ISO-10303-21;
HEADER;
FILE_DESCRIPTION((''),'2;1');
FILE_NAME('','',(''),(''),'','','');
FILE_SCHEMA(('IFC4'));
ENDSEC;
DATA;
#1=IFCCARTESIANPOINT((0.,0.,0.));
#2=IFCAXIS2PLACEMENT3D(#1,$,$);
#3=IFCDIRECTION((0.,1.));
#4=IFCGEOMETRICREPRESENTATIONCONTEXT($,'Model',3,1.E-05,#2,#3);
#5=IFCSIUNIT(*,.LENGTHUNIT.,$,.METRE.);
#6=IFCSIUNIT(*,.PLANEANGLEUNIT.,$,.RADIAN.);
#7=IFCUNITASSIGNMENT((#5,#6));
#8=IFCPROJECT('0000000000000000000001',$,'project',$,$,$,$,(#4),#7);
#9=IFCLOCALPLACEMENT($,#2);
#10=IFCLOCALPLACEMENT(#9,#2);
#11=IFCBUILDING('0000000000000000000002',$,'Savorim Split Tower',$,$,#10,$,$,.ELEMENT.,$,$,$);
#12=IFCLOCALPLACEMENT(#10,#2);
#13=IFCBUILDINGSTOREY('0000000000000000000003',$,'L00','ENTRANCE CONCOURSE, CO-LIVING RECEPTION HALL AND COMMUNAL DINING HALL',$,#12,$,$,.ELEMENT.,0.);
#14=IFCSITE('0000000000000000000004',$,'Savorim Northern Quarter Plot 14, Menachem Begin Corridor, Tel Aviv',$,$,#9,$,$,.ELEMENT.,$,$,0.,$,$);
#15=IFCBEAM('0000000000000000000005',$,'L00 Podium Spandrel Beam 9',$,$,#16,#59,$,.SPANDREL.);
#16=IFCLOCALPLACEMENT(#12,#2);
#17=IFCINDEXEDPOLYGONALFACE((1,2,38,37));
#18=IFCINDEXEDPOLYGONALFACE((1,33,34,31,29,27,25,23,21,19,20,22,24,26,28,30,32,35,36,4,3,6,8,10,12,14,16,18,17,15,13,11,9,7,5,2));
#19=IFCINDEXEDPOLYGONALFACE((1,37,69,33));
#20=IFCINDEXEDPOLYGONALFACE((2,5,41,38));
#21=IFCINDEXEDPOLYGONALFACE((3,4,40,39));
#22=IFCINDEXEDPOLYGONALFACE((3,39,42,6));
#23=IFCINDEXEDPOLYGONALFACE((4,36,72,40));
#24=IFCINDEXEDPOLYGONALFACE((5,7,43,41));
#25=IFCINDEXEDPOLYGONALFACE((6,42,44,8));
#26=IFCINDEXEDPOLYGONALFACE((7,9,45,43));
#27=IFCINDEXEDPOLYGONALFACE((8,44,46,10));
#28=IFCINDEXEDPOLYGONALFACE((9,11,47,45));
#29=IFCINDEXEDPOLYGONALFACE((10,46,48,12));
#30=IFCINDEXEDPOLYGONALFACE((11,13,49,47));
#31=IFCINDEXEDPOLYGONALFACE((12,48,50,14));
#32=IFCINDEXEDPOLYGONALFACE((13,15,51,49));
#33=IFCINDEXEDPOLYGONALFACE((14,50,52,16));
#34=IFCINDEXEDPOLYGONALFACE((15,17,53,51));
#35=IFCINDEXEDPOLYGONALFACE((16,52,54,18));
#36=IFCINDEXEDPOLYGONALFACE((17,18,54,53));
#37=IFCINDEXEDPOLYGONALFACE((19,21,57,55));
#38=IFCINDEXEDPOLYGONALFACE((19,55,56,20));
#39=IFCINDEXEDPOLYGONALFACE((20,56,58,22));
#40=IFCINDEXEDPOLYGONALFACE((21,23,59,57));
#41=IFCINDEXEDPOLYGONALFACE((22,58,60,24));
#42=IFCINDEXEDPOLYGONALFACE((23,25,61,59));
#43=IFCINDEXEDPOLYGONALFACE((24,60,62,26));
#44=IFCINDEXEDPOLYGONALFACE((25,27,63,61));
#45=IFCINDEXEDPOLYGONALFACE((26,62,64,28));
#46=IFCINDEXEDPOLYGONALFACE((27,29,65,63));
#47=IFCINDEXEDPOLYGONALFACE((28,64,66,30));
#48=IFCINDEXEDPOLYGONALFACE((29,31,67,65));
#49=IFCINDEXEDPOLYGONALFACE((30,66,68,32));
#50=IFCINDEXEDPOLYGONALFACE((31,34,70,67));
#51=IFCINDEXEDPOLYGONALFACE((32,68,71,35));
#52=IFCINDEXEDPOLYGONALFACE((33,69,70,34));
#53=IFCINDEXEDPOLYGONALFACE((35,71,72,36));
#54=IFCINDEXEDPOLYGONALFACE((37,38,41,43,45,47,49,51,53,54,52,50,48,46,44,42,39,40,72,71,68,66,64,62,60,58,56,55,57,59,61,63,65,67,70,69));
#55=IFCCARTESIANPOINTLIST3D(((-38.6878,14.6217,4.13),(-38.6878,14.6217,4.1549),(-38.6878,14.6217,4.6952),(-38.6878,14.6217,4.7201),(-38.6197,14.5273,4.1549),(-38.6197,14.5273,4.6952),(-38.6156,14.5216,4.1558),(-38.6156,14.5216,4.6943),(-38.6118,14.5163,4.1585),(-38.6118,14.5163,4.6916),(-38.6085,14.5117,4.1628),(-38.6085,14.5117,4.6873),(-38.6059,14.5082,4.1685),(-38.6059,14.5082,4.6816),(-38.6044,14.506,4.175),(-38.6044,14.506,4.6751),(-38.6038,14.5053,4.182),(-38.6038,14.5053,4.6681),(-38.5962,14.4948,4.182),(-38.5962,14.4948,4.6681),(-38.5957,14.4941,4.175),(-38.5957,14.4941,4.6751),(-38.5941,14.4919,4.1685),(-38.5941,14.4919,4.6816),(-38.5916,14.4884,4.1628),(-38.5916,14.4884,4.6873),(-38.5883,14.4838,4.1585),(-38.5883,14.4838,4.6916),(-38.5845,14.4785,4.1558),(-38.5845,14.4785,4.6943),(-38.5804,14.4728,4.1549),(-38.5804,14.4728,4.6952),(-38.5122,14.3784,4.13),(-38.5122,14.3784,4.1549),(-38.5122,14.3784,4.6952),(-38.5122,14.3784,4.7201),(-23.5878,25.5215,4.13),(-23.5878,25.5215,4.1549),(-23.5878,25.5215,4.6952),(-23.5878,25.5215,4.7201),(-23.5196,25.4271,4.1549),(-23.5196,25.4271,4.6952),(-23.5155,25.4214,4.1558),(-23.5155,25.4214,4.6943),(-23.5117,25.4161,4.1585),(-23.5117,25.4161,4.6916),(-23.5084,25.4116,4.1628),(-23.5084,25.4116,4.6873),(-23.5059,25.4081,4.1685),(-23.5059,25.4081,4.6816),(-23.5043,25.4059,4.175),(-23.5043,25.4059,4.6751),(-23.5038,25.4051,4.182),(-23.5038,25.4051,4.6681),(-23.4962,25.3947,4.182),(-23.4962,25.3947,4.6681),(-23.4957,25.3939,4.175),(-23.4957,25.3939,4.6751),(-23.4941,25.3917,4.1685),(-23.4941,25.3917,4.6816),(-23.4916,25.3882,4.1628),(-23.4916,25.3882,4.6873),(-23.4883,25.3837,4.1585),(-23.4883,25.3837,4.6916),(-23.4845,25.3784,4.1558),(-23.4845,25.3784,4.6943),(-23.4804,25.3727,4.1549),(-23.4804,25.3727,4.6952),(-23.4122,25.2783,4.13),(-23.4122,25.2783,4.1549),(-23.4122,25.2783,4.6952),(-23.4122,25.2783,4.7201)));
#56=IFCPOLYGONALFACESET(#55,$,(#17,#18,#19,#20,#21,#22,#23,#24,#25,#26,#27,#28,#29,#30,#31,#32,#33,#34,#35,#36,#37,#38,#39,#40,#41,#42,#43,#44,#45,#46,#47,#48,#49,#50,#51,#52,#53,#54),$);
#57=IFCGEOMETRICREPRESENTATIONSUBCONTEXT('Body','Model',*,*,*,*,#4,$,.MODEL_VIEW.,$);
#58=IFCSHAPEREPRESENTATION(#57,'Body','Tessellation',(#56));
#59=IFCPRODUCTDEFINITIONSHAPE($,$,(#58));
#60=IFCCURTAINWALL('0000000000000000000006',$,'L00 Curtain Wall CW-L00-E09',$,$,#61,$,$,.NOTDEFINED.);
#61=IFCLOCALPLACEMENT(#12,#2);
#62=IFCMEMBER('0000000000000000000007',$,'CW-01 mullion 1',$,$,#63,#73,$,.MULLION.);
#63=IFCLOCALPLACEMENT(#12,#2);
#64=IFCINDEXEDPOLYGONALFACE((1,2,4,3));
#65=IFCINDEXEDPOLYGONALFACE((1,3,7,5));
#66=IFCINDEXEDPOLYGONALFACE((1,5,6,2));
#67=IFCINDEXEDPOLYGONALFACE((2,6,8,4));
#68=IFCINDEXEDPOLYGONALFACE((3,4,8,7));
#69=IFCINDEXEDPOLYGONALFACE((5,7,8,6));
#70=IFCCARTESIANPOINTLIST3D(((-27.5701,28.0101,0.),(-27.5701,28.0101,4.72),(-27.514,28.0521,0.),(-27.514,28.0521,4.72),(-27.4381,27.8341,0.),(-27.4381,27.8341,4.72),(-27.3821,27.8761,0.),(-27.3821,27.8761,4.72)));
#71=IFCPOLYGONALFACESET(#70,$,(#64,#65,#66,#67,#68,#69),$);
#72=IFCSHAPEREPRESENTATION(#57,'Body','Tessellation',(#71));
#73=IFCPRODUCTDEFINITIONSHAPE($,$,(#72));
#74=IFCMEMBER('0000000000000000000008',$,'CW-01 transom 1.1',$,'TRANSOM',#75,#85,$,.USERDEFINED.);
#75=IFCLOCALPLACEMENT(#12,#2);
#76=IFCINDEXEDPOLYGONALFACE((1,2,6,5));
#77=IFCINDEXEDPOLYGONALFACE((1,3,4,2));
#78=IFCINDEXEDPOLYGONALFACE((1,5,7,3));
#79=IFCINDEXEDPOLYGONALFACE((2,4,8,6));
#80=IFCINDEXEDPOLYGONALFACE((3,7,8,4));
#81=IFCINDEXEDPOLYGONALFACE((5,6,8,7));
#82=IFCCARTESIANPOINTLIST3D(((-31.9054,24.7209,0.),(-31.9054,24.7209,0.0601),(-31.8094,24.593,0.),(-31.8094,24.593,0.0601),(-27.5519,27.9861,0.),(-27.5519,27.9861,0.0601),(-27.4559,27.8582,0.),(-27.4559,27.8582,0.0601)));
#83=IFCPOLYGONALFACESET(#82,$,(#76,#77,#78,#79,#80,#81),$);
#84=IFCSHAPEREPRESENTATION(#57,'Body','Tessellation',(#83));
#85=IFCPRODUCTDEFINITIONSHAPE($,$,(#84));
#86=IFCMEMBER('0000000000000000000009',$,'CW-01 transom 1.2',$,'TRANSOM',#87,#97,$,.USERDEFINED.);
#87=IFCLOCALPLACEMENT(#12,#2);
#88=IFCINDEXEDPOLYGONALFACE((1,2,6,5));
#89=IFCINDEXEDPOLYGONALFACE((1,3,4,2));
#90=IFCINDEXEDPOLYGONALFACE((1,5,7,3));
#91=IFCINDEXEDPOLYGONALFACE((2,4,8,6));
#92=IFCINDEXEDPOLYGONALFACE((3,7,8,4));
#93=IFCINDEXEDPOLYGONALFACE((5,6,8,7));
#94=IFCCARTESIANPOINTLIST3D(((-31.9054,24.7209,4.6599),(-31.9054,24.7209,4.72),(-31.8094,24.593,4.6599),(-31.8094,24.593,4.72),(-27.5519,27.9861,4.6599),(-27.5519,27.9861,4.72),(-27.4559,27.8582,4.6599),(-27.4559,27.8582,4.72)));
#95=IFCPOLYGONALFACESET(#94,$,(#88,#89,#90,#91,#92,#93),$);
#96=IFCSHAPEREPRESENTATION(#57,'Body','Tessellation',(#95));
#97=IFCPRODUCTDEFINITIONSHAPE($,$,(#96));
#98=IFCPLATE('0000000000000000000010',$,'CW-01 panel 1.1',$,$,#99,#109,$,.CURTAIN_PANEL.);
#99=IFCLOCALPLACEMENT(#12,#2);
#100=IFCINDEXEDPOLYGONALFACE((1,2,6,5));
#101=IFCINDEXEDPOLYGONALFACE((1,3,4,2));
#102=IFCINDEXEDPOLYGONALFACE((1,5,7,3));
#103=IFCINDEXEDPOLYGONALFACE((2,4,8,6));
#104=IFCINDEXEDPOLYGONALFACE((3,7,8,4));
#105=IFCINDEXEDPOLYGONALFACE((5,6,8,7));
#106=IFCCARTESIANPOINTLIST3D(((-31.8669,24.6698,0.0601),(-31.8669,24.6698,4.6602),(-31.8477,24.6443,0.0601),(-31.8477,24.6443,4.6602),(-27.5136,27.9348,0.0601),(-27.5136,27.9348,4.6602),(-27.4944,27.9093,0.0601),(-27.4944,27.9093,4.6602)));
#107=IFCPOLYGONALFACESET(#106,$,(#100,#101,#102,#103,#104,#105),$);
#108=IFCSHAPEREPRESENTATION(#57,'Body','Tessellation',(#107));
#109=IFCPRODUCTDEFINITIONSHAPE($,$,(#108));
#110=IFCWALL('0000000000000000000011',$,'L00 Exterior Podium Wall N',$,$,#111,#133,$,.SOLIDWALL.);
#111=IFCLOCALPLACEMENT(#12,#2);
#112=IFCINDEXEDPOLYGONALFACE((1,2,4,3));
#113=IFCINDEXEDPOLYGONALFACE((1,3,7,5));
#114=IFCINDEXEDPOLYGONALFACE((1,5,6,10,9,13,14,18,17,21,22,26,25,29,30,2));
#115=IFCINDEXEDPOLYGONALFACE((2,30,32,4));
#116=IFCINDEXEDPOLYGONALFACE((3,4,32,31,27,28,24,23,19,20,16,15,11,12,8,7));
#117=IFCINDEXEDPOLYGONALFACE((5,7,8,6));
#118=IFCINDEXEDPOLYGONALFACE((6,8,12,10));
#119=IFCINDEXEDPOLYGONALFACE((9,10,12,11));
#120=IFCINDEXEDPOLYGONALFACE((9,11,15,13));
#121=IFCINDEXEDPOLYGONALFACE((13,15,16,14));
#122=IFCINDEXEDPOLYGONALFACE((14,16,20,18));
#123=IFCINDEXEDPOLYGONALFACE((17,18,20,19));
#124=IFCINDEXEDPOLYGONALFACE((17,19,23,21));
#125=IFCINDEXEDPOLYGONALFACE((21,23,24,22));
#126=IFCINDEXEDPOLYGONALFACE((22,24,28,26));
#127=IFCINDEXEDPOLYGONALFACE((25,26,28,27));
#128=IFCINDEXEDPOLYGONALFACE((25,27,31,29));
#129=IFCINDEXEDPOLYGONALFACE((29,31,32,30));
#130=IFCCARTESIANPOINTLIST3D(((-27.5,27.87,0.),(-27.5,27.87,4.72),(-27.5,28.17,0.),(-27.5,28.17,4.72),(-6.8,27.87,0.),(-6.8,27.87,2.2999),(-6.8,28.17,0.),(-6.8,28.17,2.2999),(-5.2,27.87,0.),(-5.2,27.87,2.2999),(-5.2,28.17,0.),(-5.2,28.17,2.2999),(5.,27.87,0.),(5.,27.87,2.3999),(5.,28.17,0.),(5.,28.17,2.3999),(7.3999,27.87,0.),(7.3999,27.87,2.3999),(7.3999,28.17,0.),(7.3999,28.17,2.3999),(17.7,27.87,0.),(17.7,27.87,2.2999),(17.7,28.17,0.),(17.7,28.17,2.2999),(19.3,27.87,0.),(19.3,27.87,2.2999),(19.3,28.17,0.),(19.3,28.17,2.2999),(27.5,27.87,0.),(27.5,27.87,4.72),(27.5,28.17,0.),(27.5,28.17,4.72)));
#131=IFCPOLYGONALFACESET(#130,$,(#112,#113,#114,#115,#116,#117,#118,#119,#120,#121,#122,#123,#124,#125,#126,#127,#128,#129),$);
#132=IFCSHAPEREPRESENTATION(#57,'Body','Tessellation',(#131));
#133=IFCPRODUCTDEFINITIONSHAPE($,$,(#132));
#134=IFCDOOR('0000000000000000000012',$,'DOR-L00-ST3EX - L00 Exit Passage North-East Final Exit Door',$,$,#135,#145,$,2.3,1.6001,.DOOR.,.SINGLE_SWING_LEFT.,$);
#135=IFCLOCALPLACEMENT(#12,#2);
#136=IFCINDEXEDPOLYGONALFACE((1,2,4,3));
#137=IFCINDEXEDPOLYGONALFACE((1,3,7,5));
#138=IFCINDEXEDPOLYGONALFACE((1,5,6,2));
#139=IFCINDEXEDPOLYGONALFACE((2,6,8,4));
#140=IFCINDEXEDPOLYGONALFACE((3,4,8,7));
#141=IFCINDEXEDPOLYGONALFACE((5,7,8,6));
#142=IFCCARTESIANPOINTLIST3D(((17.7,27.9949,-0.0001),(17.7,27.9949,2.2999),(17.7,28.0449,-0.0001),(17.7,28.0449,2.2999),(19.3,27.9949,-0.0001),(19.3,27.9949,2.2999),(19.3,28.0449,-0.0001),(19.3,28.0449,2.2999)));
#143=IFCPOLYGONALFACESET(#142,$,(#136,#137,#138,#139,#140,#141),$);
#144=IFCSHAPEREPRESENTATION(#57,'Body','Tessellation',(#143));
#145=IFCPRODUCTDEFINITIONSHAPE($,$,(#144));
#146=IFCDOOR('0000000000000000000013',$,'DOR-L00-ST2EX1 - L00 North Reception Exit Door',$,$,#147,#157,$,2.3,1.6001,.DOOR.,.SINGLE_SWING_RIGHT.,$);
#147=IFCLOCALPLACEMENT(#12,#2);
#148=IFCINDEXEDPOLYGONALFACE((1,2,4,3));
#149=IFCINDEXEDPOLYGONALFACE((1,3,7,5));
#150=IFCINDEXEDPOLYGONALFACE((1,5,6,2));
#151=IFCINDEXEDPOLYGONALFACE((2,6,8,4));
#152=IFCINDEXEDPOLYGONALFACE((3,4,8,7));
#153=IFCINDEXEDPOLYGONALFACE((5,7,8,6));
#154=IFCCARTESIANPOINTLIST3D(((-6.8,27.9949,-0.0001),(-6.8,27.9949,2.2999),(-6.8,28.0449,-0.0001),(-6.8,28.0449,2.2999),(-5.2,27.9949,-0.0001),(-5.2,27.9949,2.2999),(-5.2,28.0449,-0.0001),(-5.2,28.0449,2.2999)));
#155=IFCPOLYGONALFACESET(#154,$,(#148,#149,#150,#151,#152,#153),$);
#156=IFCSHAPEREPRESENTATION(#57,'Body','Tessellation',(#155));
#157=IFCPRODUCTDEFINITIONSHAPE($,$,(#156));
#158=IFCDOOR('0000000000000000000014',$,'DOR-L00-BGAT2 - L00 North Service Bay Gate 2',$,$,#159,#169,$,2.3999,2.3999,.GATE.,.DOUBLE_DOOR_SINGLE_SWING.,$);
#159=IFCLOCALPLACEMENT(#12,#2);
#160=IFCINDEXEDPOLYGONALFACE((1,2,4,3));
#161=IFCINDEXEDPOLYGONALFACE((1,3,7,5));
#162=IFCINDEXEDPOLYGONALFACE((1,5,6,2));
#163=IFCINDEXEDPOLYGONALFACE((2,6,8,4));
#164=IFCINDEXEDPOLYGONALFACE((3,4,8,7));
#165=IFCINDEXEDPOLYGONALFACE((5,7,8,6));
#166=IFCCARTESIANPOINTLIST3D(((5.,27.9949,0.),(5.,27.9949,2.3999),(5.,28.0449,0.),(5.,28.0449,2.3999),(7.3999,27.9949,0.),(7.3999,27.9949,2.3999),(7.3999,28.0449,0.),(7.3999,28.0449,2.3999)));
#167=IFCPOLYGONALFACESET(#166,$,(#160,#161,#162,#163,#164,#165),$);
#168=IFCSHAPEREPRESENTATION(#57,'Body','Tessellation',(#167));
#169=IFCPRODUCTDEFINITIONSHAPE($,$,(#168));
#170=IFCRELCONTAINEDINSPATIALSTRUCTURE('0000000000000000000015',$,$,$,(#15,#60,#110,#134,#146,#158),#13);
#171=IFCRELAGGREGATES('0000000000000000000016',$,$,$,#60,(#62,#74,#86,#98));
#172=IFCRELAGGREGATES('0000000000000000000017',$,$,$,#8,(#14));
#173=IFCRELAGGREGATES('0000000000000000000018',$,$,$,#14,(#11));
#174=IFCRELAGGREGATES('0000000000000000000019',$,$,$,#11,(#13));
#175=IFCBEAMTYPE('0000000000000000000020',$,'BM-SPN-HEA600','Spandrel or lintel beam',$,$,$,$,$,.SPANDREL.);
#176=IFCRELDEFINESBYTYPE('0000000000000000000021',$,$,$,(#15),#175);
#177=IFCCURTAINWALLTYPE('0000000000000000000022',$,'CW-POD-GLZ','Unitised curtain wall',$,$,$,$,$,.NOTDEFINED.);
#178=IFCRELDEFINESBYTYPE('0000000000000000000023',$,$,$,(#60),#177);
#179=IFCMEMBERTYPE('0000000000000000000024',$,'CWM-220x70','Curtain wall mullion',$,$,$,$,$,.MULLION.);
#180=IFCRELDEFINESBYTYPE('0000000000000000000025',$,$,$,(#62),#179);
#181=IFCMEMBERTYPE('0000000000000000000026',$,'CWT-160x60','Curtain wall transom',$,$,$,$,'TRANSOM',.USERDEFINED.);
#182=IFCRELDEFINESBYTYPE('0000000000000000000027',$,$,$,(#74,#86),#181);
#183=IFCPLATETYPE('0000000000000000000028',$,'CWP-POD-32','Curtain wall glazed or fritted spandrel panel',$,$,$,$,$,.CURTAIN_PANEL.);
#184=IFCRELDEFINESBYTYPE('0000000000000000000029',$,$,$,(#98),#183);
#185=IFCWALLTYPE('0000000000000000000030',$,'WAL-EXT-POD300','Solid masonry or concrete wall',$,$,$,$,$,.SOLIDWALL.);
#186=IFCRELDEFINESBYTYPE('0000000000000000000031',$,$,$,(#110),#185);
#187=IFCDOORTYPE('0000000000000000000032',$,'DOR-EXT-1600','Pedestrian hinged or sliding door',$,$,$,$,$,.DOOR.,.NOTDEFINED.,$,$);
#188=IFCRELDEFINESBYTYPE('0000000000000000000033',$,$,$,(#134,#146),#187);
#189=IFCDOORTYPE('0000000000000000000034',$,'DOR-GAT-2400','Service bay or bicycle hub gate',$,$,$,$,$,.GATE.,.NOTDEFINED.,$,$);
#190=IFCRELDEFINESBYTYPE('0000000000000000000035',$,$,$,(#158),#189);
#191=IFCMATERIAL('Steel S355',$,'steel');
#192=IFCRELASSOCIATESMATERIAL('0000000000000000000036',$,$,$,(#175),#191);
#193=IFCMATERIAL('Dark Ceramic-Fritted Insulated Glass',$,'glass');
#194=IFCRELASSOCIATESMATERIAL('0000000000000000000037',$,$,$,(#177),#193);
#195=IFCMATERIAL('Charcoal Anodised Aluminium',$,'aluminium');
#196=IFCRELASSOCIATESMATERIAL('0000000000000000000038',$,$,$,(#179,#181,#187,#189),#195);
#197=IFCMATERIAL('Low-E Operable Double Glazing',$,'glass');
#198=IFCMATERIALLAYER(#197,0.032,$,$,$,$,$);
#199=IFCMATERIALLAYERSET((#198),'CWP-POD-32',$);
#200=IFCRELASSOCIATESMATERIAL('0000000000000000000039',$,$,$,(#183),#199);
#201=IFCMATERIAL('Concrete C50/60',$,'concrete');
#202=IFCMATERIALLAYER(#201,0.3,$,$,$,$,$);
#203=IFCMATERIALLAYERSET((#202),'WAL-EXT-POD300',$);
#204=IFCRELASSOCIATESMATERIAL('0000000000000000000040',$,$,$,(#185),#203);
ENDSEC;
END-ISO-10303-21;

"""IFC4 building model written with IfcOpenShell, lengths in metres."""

from ifc_helpers import new_model, si_unit, direction, frame, frame_2d, origin, origin_2d, place, context, subcontext, project, spatial, rectangle, i_section, extrude, material, layer, layer_set, material_profile, profile_set, type_object, element, fill, aggregate, save


model = new_model("IFC4")

# Units and contexts
model_context = context("Model", 3, precision=1e-05, world=origin(), true_north=direction((0.0, 1.0)))
body_context = subcontext(model_context, "Body", "Model", "MODEL_VIEW")
ifc_project = project(units=[si_unit("LENGTHUNIT", "METRE"), si_unit("PLANEANGLEUNIT", "RADIAN")], contexts=[model_context])

# Site, building, storey
site_placement = place(None, origin())
site = spatial("IfcSite", under=ifc_project, at=site_placement, Name="Savorim Northern Quarter Plot 14, Menachem Begin Corridor, Tel Aviv", CompositionType="ELEMENT", RefElevation=0.0)
building_placement = place(site_placement, origin())
building = spatial("IfcBuilding", under=site, at=building_placement, Name="Savorim Split Tower", CompositionType="ELEMENT")
storey_placement = place(building_placement, origin())
storey = spatial("IfcBuildingStorey", under=building, at=storey_placement, Name="L00", Description="ENTRANCE CONCOURSE, CO-LIVING RECEPTION HALL AND COMMUNAL DINING HALL", CompositionType="ELEMENT", Elevation=0.0)

# Beam
ifc_material_1 = material(Name="Steel S355", Category="steel")
ifc_material_profile_1 = material_profile(ifc_material_1, i_section(OverallWidth=0.3, OverallDepth=0.5901, WebThickness=0.0129, FlangeThickness=0.0249, FilletRadius=0.0271, at=origin_2d()), Name="HEA 600")
ifc_profile_set_1 = profile_set([ifc_material_profile_1], Name="Steel S355")
beam_type_1 = type_object("IfcBeamType", Name="BM-SPN-HEA600", Description="Spandrel or lintel beam", PredefinedType="SPANDREL", material=ifc_profile_set_1)
beam_1_placement = place(storey_placement, frame((-23.5, 25.3999, 4.425), z_axis=(-0.810825, -0.585289, 0.0), x_axis=(0.585289, -0.810825, 0.0)))
element("IfcBeam", 1, at=beam_1_placement, inside=storey, type_object=beam_type_1, Name="L00 Podium Spandrel Beam 9", PredefinedType="SPANDREL", context=body_context, shape_type="SweptSolid", body=[
    extrude(i_section(OverallWidth=0.3, OverallDepth=0.5901, WebThickness=0.0129, FlangeThickness=0.0249, FilletRadius=0.0271, at=origin_2d()), origin(), (0.0, 0.0, 1.0), 18.623),
])

# Curtain wall, members, plate
ifc_material_2 = material(Name="Dark Ceramic-Fritted Insulated Glass", Category="glass")
curtain_wall_type = type_object("IfcCurtainWallType", Name="CW-POD-GLZ", Description="Unitised curtain wall", PredefinedType="NOTDEFINED", material=ifc_material_2)
curtain_wall_placement = place(storey_placement, origin())
curtain_wall = element("IfcCurtainWall", 2, at=curtain_wall_placement, inside=storey, type_object=curtain_wall_type, Name="L00 Curtain Wall CW-L00-E09", PredefinedType="NOTDEFINED")
ifc_material_3 = material(Name="Charcoal Anodised Aluminium", Category="aluminium")
ifc_material_profile_2 = material_profile(ifc_material_3, rectangle(XDim=0.22, YDim=0.0701, at=origin_2d()), Name="ALU-M 220x70")
ifc_profile_set_2 = profile_set([ifc_material_profile_2], Name="Charcoal Anodised Aluminium")
member_type_1 = type_object("IfcMemberType", Name="CWM-220x70", Description="Curtain wall mullion", PredefinedType="MULLION", material=ifc_profile_set_2)
member_1_placement = place(storey_placement, frame((-27.4761, 27.9431, 0.0), z_axis=(0.0, 0.0, 1.0), x_axis=(0.6, -0.8, 0.0)))
member_1 = element("IfcMember", 3, at=member_1_placement, type_object=member_type_1, Name="CW-01 mullion 1", PredefinedType="MULLION", context=body_context, shape_type="SweptSolid", body=[
    extrude(rectangle(XDim=0.22, YDim=0.0701, at=origin_2d()), origin(), (0.0, 0.0, 1.0), 4.72),
])
ifc_material_profile_3 = material_profile(ifc_material_3, rectangle(XDim=0.1599, YDim=0.0601, at=origin_2d()), Name="ALU-T 160x60")
ifc_profile_set_3 = profile_set([ifc_material_profile_3], Name="Charcoal Anodised Aluminium")
member_type_2 = type_object("IfcMemberType", Name="CWT-160x60", Description="Curtain wall transom", ElementType="TRANSOM", PredefinedType="USERDEFINED", material=ifc_profile_set_3)
member_2_placement = place(storey_placement, frame((-27.5039, 27.9221, 0.03), z_axis=(-0.8, -0.6, 0.0), x_axis=(0.6, -0.8, 0.0)))
member_2 = element("IfcMember", 4, at=member_2_placement, type_object=member_type_2, Name="CW-01 transom 1.1", ObjectType="TRANSOM", PredefinedType="USERDEFINED", context=body_context, shape_type="SweptSolid", body=[
    extrude(rectangle(XDim=0.1599, YDim=0.0601, at=origin_2d()), origin(), (0.0, 0.0, 1.0), 5.4419),
])
member_3_placement = place(storey_placement, frame((-27.5039, 27.9221, 4.6899), z_axis=(-0.8, -0.6, 0.0), x_axis=(0.6, -0.8, 0.0)))
member_3 = element("IfcMember", 5, at=member_3_placement, type_object=member_type_2, Name="CW-01 transom 1.2", ObjectType="TRANSOM", PredefinedType="USERDEFINED", context=body_context, shape_type="SweptSolid", body=[
    extrude(rectangle(XDim=0.1599, YDim=0.0601, at=origin_2d()), origin(), (0.0, 0.0, 1.0), 5.4419),
])
ifc_material_4 = material(Name="Low-E Operable Double Glazing", Category="glass")
ifc_layer_1 = layer(ifc_material_4, 0.032)
ifc_layer_set_1 = layer_set([ifc_layer_1], Name="CWP-POD-32")
plate_type = type_object("IfcPlateType", Name="CWP-POD-32", Description="Curtain wall glazed or fritted spandrel panel", PredefinedType="CURTAIN_PANEL", material=ifc_layer_set_1)
plate_placement = place(storey_placement, frame((-29.6807, 26.2896, 0.0601), z_axis=(0.0, 0.0, 1.0), x_axis=(-0.8, -0.6, 0.0)))
plate = element("IfcPlate", 6, at=plate_placement, type_object=plate_type, Name="CW-01 panel 1.1", PredefinedType="CURTAIN_PANEL", context=body_context, shape_type="SweptSolid", body=[
    extrude(rectangle(XDim=5.4417, YDim=0.032, at=origin_2d()), origin(), (0.0, 0.0, 1.0), 4.6001),
])
aggregate(curtain_wall, [member_1, member_2, member_3, plate])

# Wall, openings, doors
ifc_material_5 = material(Name="Concrete C50/60", Category="concrete")
ifc_layer_2 = layer(ifc_material_5, 0.3)
ifc_layer_set_2 = layer_set([ifc_layer_2], Name="WAL-EXT-POD300")
wall_type_1 = type_object("IfcWallType", Name="WAL-EXT-POD300", Description="Solid masonry or concrete wall", PredefinedType="SOLIDWALL", material=ifc_layer_set_2)
wall_1_placement = place(storey_placement, frame((-27.5, 28.02, 0.0), z_axis=(0.0, 0.0, 1.0), x_axis=(1.0, 0.0, 0.0)))
wall_1 = element("IfcWall", 7, at=wall_1_placement, inside=storey, type_object=wall_type_1, Name="L00 Exterior Podium Wall N", PredefinedType="SOLIDWALL", context=body_context, shape_type="SweptSolid", body=[
    extrude(rectangle(XDim=55.0, YDim=0.3, at=frame_2d((27.5, 0.0))), origin(), (0.0, 0.0, 1.0), 4.72),
])
opening_1_placement = place(wall_1_placement, frame((45.2, 0.0, 0.0)))
opening_1 = element("IfcOpeningElement", 8, at=opening_1_placement, cuts=wall_1, PredefinedType="OPENING", context=body_context, shape_type="SweptSolid", body=[
    extrude(rectangle(XDim=1.6001, YDim=2.3, at=frame_2d((0.8, 1.1499))), frame((0.0, 0.1599, 0.0), z_axis=(0.0, -1.0, 0.0), x_axis=(1.0, 0.0, 0.0)), (0.0, 0.0, 1.0), 0.3201),
])
opening_2_placement = place(wall_1_placement, frame((32.5, 0.0, 0.0)))
opening_2 = element("IfcOpeningElement", 9, at=opening_2_placement, cuts=wall_1, PredefinedType="OPENING", context=body_context, shape_type="SweptSolid", body=[
    extrude(rectangle(XDim=2.3999, YDim=2.3999, at=frame_2d((1.2, 1.2))), frame((0.0, 0.1599, 0.0), z_axis=(0.0, -1.0, 0.0), x_axis=(1.0, 0.0, 0.0)), (0.0, 0.0, 1.0), 0.3201),
])
opening_3_placement = place(wall_1_placement, frame((20.7, 0.0, 0.0)))
opening_3 = element("IfcOpeningElement", 10, at=opening_3_placement, cuts=wall_1, PredefinedType="OPENING", context=body_context, shape_type="SweptSolid", body=[
    extrude(rectangle(XDim=1.6001, YDim=2.3, at=frame_2d((0.8, 1.1499))), frame((0.0, 0.1599, 0.0), z_axis=(0.0, -1.0, 0.0), x_axis=(1.0, 0.0, 0.0)), (0.0, 0.0, 1.0), 0.3201),
])
door_type_1 = type_object("IfcDoorType", Name="DOR-EXT-1600", Description="Pedestrian hinged or sliding door", OperationType="NOTDEFINED", PredefinedType="DOOR", material=ifc_material_3)
door_1_placement = place(opening_1_placement, origin())
door_1 = element("IfcDoor", 11, at=door_1_placement, inside=storey, type_object=door_type_1, Name="DOR-L00-ST3EX - L00 Exit Passage North-East Final Exit Door", OperationType="SINGLE_SWING_LEFT", OverallHeight=2.3, OverallWidth=1.6001, PredefinedType="DOOR", context=body_context, shape_type="SweptSolid", body=[
    extrude(rectangle(XDim=1.6001, YDim=2.3, at=frame_2d((0.8, 1.1499))), frame((0.0, 0.0249, 0.0), z_axis=(0.0, -1.0, 0.0), x_axis=(1.0, 0.0, 0.0)), (0.0, 0.0, 1.0), 0.05),
])
fill(opening_1, door_1)
door_2_placement = place(opening_3_placement, origin())
door_2 = element("IfcDoor", 12, at=door_2_placement, inside=storey, type_object=door_type_1, Name="DOR-L00-ST2EX1 - L00 North Reception Exit Door", OperationType="SINGLE_SWING_RIGHT", OverallHeight=2.3, OverallWidth=1.6001, PredefinedType="DOOR", context=body_context, shape_type="SweptSolid", body=[
    extrude(rectangle(XDim=1.6001, YDim=2.3, at=frame_2d((0.8, 1.1499))), frame((0.0, 0.0249, 0.0), z_axis=(0.0, -1.0, 0.0), x_axis=(1.0, 0.0, 0.0)), (0.0, 0.0, 1.0), 0.05),
])
fill(opening_3, door_2)
door_type_2 = type_object("IfcDoorType", Name="DOR-GAT-2400", Description="Service bay or bicycle hub gate", OperationType="NOTDEFINED", PredefinedType="GATE", material=ifc_material_3)
door_3_placement = place(opening_2_placement, origin())
door_3 = element("IfcDoor", 13, at=door_3_placement, inside=storey, type_object=door_type_2, Name="DOR-L00-BGAT2 - L00 North Service Bay Gate 2", OperationType="DOUBLE_DOOR_SINGLE_SWING", OverallHeight=2.3999, OverallWidth=2.3999, PredefinedType="GATE", context=body_context, shape_type="SweptSolid", body=[
    extrude(rectangle(XDim=2.3999, YDim=2.3999, at=frame_2d((1.2, 1.2))), frame((0.0, 0.0249, 0.0), z_axis=(0.0, -1.0, 0.0), x_axis=(1.0, 0.0, 0.0)), (0.0, 0.0, 1.0), 0.05),
])
fill(opening_2, door_3)

save(model, "model.ifc")
